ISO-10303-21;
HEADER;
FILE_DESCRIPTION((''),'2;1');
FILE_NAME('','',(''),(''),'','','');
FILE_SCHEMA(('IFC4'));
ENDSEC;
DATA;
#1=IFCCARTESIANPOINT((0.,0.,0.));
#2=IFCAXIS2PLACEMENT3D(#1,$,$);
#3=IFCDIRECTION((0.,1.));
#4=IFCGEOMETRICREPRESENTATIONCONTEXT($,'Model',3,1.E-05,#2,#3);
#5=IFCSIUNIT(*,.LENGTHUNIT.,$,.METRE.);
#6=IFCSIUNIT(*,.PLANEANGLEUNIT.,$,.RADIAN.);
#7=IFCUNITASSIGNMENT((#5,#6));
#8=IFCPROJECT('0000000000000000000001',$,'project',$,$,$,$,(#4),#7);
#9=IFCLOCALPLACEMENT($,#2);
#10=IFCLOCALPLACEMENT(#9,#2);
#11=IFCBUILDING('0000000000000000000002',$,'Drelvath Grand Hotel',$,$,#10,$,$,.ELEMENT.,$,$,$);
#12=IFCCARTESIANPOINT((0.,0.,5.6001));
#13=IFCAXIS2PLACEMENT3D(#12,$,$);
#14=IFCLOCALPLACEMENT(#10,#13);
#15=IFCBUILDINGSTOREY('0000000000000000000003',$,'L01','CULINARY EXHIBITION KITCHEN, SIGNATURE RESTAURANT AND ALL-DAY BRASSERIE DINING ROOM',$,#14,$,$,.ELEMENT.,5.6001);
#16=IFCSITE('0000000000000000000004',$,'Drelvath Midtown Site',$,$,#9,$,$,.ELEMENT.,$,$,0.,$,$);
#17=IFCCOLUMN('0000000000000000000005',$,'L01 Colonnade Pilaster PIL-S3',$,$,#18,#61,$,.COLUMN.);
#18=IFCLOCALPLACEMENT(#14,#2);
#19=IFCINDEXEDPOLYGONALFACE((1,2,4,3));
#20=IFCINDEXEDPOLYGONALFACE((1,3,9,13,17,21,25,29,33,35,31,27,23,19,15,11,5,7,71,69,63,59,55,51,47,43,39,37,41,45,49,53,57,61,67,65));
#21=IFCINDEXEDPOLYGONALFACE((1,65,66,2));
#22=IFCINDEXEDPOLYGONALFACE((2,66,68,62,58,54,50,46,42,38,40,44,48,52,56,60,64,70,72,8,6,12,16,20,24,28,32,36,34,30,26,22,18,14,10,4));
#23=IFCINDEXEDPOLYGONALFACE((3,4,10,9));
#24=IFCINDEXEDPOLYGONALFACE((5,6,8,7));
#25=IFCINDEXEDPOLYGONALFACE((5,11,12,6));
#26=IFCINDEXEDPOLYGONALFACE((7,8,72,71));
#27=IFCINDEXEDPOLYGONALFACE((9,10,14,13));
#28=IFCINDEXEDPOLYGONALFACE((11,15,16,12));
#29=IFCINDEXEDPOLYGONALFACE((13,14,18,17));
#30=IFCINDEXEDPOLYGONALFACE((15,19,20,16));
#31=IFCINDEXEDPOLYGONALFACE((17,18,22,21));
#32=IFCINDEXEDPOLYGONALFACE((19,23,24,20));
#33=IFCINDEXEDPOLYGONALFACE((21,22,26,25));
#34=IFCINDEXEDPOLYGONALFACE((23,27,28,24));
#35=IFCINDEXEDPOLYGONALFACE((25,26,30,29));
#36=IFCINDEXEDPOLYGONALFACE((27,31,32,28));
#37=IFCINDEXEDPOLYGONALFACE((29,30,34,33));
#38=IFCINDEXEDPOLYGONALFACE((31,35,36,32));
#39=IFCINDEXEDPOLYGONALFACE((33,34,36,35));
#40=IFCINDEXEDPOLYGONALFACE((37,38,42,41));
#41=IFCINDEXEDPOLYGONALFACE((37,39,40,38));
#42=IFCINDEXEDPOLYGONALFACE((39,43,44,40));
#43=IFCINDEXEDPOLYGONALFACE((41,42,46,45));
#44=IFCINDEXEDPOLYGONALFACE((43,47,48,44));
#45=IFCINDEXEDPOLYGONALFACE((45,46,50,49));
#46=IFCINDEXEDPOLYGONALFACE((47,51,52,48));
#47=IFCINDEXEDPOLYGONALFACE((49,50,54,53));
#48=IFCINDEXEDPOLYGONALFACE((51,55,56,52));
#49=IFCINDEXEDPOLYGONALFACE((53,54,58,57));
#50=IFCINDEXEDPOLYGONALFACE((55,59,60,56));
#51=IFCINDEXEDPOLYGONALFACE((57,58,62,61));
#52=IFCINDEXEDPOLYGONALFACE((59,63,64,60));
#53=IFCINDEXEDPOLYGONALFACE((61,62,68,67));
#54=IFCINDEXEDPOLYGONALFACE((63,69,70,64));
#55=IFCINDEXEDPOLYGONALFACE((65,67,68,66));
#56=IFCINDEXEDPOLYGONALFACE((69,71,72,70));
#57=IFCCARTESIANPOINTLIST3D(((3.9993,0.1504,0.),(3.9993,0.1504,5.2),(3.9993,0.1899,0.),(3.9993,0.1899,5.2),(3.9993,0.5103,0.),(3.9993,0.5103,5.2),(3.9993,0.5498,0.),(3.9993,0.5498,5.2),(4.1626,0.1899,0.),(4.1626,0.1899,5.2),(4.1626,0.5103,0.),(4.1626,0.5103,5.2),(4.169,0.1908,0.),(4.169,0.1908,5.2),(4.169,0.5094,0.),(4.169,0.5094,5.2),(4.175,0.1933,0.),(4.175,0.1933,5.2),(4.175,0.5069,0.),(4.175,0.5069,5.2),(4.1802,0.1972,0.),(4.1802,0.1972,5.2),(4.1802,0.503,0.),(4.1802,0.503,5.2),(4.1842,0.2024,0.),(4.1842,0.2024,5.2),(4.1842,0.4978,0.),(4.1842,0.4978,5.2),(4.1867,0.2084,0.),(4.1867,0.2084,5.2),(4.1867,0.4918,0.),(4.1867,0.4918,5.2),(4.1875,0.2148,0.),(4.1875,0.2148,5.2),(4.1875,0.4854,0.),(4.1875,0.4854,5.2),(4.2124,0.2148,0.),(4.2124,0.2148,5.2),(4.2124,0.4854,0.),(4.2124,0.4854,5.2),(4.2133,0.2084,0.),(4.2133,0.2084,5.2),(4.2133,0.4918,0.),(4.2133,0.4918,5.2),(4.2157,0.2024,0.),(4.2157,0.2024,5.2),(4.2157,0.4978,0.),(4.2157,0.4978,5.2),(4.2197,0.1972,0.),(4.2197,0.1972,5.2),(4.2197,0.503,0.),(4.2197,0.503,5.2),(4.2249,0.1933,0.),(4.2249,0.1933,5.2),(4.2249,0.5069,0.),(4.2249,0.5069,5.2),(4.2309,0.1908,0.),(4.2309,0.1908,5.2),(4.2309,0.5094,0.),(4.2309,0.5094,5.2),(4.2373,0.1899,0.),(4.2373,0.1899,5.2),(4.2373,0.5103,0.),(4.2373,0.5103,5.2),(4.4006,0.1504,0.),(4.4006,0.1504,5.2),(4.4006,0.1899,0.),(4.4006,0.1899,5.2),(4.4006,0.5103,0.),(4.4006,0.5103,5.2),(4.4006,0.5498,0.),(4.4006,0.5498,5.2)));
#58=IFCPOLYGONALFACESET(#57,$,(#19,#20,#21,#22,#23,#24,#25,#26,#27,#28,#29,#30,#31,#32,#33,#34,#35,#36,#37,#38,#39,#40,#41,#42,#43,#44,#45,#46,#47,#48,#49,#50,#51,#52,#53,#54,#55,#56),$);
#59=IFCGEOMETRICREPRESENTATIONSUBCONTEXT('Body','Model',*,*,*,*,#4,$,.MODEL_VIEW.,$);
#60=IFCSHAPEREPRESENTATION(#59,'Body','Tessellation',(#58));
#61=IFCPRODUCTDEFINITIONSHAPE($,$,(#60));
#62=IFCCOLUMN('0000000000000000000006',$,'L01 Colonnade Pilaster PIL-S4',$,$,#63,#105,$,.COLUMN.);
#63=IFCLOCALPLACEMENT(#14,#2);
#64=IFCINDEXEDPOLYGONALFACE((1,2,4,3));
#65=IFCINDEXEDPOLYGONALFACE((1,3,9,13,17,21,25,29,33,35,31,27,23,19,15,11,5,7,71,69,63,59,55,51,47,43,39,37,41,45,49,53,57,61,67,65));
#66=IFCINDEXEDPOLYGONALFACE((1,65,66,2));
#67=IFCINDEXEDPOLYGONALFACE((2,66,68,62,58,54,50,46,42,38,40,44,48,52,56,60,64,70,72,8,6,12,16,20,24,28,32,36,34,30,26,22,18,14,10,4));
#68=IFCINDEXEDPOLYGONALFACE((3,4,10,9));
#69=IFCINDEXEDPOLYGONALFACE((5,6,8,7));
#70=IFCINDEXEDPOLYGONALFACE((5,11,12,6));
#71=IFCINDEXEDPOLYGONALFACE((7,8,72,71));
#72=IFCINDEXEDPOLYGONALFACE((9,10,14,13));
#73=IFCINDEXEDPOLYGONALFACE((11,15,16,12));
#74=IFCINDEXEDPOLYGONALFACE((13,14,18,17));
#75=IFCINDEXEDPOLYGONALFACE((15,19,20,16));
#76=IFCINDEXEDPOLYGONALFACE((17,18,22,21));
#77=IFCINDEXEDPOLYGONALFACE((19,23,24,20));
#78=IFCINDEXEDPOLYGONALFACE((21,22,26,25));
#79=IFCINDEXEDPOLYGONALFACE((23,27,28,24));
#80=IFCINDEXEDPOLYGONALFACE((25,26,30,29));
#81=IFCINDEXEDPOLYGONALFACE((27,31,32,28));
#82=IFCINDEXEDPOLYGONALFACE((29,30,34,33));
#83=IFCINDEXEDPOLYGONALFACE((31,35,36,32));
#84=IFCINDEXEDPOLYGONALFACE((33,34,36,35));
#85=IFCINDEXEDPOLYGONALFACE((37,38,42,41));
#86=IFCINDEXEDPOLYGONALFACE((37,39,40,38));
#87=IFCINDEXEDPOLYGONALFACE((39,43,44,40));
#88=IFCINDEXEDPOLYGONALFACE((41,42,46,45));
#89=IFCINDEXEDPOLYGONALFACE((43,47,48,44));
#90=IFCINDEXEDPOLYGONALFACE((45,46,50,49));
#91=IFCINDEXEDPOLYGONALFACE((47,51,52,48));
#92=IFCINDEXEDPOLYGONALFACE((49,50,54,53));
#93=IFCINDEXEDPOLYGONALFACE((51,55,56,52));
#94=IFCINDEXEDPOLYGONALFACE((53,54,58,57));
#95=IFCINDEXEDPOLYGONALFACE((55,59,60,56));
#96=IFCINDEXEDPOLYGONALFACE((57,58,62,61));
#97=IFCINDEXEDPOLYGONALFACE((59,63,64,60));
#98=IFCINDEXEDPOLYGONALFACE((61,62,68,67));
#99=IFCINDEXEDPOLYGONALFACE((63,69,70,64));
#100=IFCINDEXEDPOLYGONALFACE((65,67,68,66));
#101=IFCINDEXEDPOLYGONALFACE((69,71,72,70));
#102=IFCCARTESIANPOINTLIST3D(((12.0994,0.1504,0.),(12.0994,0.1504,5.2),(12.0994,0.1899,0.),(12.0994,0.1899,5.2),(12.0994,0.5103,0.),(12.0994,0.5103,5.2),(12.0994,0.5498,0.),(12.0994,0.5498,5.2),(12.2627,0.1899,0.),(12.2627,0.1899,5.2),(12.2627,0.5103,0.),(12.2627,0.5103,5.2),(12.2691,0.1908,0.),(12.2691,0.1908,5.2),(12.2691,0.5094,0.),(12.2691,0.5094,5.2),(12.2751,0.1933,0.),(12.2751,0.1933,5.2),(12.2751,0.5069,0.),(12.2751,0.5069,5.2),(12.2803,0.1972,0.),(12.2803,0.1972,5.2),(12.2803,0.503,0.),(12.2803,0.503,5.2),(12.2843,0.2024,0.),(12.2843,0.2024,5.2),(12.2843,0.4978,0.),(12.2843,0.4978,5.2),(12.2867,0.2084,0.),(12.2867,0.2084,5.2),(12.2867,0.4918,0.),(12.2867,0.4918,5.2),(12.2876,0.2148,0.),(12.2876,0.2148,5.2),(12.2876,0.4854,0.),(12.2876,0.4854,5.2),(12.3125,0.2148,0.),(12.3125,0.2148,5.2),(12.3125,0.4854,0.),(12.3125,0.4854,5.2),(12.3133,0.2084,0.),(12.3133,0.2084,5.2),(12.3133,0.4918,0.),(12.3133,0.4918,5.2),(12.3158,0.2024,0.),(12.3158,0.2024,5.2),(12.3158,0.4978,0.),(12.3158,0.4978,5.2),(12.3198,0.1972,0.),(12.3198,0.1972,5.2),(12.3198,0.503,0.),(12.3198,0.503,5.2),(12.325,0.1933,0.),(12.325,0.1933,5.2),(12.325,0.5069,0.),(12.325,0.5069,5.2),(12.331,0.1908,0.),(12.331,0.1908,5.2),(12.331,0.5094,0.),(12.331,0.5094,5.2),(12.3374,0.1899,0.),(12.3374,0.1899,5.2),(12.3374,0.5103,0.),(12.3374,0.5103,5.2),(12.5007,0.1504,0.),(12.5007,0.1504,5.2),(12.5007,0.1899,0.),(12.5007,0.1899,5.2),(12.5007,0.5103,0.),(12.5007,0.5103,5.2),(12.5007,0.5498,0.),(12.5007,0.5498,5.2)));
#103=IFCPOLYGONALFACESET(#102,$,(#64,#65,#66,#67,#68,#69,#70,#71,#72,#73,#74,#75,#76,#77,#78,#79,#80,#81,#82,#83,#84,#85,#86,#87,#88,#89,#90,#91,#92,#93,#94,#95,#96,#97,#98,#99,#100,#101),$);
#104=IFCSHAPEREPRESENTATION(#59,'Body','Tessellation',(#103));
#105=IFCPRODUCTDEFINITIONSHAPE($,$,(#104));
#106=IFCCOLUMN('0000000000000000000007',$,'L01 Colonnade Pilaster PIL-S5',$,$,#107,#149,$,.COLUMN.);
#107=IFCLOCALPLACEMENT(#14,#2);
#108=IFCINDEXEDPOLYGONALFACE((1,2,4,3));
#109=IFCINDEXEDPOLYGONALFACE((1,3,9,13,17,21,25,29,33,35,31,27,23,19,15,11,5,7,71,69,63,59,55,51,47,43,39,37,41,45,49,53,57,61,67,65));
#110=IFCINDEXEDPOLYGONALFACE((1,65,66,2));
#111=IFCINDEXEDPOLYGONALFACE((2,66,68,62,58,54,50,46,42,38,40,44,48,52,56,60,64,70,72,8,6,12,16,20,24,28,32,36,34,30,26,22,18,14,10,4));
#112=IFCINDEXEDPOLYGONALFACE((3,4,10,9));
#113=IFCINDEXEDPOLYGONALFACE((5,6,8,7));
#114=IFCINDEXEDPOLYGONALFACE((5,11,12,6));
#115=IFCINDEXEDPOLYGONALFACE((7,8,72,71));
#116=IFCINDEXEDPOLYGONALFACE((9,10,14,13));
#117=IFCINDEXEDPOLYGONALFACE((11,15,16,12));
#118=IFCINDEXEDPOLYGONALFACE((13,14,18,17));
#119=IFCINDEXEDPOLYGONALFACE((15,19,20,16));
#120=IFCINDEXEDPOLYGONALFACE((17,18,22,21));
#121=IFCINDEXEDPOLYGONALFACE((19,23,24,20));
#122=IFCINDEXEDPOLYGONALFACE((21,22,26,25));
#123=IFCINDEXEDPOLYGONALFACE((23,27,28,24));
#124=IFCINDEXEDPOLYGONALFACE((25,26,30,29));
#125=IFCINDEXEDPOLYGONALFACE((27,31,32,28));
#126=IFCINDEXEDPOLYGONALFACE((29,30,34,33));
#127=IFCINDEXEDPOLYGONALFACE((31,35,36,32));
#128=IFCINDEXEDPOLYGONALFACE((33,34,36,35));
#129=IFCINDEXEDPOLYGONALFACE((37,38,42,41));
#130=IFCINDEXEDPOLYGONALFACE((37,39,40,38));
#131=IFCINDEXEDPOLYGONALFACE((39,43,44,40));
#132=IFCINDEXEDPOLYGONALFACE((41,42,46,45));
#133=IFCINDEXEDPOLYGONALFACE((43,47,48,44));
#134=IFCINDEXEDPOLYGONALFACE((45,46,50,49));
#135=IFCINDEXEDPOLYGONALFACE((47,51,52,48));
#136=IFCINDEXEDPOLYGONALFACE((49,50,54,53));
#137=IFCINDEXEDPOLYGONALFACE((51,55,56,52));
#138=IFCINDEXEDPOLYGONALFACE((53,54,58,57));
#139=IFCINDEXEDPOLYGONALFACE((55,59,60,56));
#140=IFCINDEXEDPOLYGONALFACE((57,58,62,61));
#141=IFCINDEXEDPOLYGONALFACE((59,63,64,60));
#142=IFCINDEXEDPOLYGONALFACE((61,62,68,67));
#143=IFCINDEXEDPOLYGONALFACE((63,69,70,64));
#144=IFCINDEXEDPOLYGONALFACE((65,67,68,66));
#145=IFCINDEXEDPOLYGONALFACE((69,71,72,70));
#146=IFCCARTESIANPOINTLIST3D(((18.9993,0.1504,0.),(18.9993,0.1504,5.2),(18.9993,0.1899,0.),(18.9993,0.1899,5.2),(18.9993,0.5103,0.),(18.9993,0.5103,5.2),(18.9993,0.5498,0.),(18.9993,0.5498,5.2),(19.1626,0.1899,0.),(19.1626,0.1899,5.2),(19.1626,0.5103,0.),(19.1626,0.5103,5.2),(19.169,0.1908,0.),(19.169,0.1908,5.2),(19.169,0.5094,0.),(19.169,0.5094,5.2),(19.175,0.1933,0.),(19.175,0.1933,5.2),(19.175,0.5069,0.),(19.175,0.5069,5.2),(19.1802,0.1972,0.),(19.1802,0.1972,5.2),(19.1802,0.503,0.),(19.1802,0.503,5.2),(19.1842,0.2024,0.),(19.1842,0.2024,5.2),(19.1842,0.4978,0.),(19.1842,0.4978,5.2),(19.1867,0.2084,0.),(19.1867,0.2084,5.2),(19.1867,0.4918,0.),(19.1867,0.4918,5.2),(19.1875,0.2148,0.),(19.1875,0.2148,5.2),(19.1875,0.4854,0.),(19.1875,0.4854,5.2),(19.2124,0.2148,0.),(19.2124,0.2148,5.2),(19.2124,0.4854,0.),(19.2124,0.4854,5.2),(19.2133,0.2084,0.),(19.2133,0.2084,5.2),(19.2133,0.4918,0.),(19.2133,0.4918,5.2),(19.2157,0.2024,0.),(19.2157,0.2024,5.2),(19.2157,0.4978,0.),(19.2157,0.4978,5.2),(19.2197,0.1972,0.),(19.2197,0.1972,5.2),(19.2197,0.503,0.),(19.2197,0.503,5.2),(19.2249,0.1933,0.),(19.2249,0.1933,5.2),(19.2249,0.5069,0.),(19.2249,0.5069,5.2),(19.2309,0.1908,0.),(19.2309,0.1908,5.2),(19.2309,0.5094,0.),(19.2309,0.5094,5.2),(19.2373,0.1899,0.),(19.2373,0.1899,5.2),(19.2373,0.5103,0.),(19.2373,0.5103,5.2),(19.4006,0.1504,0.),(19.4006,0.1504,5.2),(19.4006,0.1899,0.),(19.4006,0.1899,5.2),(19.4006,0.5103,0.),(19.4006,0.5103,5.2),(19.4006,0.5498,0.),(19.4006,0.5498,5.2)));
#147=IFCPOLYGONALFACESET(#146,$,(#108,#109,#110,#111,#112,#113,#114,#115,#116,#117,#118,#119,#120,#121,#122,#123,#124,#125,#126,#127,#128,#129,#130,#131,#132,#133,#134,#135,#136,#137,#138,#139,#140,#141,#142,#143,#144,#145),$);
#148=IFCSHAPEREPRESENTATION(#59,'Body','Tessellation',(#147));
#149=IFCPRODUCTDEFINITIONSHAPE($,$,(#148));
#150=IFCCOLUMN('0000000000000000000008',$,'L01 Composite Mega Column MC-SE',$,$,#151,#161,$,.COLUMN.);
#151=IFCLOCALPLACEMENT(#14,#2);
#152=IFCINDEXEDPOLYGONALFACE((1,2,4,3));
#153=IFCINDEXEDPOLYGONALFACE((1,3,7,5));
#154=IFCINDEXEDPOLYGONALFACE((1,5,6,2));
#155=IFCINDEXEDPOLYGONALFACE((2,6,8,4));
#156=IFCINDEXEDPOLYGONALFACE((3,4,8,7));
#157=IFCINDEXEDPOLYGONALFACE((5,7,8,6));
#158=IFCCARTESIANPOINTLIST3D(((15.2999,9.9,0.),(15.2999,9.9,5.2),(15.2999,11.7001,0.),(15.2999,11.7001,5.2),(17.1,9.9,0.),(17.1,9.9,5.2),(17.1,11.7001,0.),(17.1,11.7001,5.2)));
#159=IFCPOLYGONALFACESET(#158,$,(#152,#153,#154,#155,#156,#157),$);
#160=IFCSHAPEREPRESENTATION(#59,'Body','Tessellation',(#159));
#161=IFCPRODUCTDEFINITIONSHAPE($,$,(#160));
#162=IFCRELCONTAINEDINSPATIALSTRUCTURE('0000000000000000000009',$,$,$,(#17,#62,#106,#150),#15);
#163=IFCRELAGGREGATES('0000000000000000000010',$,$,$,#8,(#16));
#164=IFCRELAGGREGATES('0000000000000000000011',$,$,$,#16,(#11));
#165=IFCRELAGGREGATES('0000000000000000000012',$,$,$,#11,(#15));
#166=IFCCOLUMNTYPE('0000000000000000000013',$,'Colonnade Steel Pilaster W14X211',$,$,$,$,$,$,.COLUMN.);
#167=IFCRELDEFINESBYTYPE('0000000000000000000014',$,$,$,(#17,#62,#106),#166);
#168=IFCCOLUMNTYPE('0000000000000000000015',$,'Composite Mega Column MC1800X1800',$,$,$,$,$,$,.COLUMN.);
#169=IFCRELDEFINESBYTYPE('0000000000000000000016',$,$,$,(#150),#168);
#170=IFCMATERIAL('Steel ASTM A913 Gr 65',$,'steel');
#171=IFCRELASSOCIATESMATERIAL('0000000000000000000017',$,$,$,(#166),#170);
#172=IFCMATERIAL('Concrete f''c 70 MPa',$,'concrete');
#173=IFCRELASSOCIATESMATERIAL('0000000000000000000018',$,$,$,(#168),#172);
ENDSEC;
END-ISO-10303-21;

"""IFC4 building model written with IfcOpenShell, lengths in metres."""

from ifc_helpers import new_model, si_unit, direction, frame, origin, origin_2d, place, context, subcontext, project, spatial, rectangle, i_section, extrude, material, material_profile, profile_set, type_object, element, save


model = new_model("IFC4")

# Units and contexts
model_context = context("Model", 3, precision=1e-05, world=origin(), true_north=direction((0.0, 1.0)))
body_context = subcontext(model_context, "Body", "Model", "MODEL_VIEW")
ifc_project = project(units=[si_unit("LENGTHUNIT", "METRE"), si_unit("PLANEANGLEUNIT", "RADIAN")], contexts=[model_context])

# Site, building, storey
site_placement = place(None, origin())
site = spatial("IfcSite", under=ifc_project, at=site_placement, Name="Drelvath Midtown Site", CompositionType="ELEMENT", RefElevation=0.0)
building_placement = place(site_placement, origin())
building = spatial("IfcBuilding", under=site, at=building_placement, Name="Drelvath Grand Hotel", CompositionType="ELEMENT")
storey_placement = place(building_placement, frame((0.0, 0.0, 5.6001)))
storey = spatial("IfcBuildingStorey", under=building, at=storey_placement, Name="L01", Description="CULINARY EXHIBITION KITCHEN, SIGNATURE RESTAURANT AND ALL-DAY BRASSERIE DINING ROOM", CompositionType="ELEMENT", Elevation=5.6001)

# Columns
ifc_material_1 = material(Name="Steel ASTM A913 Gr 65", Category="steel")
ifc_material_profile_1 = material_profile(ifc_material_1, i_section(OverallWidth=0.4014, OverallDepth=0.3994, WebThickness=0.0249, FlangeThickness=0.0396, FilletRadius=0.0249, at=origin_2d()), Name="W14X211")
ifc_profile_set_1 = profile_set([ifc_material_profile_1], Name="Steel ASTM A913 Gr 65")
column_type_1 = type_object("IfcColumnType", Name="Colonnade Steel Pilaster W14X211", PredefinedType="COLUMN", material=ifc_profile_set_1)
for number, where, z_axis, x_axis, name in (
    (1, (4.2, 0.3501, 0.0), (0.0, 0.0, 1.0), (1.0, 0.0, 0.0), "L01 Colonnade Pilaster PIL-S3"),
    (2, (12.3, 0.3501, 0.0), (0.0, 0.0, 1.0), (1.0, 0.0, 0.0), "L01 Colonnade Pilaster PIL-S4"),
    (3, (19.2, 0.3501, 0.0), (0.0, 0.0, 1.0), (1.0, 0.0, 0.0), "L01 Colonnade Pilaster PIL-S5"),
):
    element("IfcColumn", number, at=place(storey_placement, frame(where, z_axis=z_axis, x_axis=x_axis)), inside=storey, type_object=column_type_1, Name=name, PredefinedType="COLUMN", context=body_context, shape_type="SweptSolid", body=[
        extrude(i_section(OverallWidth=0.4014, OverallDepth=0.3994, WebThickness=0.0249, FlangeThickness=0.0396, FilletRadius=0.0249, at=origin_2d()), origin(), (0.0, 0.0, 1.0), 5.2),
    ])
ifc_material_2 = material(Name="Concrete f'c 70 MPa", Category="concrete")
ifc_material_profile_2 = material_profile(ifc_material_2, rectangle(XDim=1.8, YDim=1.8, at=origin_2d()), Name="MC1800X1800")
ifc_profile_set_2 = profile_set([ifc_material_profile_2], Name="Concrete f'c 70 MPa")
column_type_2 = type_object("IfcColumnType", Name="Composite Mega Column MC1800X1800", PredefinedType="COLUMN", material=ifc_profile_set_2)
column_1_placement = place(storey_placement, frame((16.2, 10.8, 0.0), z_axis=(0.0, 0.0, 1.0), x_axis=(1.0, 0.0, 0.0)))
element("IfcColumn", 4, at=column_1_placement, inside=storey, type_object=column_type_2, Name="L01 Composite Mega Column MC-SE", PredefinedType="COLUMN", context=body_context, shape_type="SweptSolid", body=[
    extrude(rectangle(XDim=1.8, YDim=1.8, at=origin_2d()), origin(), (0.0, 0.0, 1.0), 5.2),
])

save(model, "model.ifc")
